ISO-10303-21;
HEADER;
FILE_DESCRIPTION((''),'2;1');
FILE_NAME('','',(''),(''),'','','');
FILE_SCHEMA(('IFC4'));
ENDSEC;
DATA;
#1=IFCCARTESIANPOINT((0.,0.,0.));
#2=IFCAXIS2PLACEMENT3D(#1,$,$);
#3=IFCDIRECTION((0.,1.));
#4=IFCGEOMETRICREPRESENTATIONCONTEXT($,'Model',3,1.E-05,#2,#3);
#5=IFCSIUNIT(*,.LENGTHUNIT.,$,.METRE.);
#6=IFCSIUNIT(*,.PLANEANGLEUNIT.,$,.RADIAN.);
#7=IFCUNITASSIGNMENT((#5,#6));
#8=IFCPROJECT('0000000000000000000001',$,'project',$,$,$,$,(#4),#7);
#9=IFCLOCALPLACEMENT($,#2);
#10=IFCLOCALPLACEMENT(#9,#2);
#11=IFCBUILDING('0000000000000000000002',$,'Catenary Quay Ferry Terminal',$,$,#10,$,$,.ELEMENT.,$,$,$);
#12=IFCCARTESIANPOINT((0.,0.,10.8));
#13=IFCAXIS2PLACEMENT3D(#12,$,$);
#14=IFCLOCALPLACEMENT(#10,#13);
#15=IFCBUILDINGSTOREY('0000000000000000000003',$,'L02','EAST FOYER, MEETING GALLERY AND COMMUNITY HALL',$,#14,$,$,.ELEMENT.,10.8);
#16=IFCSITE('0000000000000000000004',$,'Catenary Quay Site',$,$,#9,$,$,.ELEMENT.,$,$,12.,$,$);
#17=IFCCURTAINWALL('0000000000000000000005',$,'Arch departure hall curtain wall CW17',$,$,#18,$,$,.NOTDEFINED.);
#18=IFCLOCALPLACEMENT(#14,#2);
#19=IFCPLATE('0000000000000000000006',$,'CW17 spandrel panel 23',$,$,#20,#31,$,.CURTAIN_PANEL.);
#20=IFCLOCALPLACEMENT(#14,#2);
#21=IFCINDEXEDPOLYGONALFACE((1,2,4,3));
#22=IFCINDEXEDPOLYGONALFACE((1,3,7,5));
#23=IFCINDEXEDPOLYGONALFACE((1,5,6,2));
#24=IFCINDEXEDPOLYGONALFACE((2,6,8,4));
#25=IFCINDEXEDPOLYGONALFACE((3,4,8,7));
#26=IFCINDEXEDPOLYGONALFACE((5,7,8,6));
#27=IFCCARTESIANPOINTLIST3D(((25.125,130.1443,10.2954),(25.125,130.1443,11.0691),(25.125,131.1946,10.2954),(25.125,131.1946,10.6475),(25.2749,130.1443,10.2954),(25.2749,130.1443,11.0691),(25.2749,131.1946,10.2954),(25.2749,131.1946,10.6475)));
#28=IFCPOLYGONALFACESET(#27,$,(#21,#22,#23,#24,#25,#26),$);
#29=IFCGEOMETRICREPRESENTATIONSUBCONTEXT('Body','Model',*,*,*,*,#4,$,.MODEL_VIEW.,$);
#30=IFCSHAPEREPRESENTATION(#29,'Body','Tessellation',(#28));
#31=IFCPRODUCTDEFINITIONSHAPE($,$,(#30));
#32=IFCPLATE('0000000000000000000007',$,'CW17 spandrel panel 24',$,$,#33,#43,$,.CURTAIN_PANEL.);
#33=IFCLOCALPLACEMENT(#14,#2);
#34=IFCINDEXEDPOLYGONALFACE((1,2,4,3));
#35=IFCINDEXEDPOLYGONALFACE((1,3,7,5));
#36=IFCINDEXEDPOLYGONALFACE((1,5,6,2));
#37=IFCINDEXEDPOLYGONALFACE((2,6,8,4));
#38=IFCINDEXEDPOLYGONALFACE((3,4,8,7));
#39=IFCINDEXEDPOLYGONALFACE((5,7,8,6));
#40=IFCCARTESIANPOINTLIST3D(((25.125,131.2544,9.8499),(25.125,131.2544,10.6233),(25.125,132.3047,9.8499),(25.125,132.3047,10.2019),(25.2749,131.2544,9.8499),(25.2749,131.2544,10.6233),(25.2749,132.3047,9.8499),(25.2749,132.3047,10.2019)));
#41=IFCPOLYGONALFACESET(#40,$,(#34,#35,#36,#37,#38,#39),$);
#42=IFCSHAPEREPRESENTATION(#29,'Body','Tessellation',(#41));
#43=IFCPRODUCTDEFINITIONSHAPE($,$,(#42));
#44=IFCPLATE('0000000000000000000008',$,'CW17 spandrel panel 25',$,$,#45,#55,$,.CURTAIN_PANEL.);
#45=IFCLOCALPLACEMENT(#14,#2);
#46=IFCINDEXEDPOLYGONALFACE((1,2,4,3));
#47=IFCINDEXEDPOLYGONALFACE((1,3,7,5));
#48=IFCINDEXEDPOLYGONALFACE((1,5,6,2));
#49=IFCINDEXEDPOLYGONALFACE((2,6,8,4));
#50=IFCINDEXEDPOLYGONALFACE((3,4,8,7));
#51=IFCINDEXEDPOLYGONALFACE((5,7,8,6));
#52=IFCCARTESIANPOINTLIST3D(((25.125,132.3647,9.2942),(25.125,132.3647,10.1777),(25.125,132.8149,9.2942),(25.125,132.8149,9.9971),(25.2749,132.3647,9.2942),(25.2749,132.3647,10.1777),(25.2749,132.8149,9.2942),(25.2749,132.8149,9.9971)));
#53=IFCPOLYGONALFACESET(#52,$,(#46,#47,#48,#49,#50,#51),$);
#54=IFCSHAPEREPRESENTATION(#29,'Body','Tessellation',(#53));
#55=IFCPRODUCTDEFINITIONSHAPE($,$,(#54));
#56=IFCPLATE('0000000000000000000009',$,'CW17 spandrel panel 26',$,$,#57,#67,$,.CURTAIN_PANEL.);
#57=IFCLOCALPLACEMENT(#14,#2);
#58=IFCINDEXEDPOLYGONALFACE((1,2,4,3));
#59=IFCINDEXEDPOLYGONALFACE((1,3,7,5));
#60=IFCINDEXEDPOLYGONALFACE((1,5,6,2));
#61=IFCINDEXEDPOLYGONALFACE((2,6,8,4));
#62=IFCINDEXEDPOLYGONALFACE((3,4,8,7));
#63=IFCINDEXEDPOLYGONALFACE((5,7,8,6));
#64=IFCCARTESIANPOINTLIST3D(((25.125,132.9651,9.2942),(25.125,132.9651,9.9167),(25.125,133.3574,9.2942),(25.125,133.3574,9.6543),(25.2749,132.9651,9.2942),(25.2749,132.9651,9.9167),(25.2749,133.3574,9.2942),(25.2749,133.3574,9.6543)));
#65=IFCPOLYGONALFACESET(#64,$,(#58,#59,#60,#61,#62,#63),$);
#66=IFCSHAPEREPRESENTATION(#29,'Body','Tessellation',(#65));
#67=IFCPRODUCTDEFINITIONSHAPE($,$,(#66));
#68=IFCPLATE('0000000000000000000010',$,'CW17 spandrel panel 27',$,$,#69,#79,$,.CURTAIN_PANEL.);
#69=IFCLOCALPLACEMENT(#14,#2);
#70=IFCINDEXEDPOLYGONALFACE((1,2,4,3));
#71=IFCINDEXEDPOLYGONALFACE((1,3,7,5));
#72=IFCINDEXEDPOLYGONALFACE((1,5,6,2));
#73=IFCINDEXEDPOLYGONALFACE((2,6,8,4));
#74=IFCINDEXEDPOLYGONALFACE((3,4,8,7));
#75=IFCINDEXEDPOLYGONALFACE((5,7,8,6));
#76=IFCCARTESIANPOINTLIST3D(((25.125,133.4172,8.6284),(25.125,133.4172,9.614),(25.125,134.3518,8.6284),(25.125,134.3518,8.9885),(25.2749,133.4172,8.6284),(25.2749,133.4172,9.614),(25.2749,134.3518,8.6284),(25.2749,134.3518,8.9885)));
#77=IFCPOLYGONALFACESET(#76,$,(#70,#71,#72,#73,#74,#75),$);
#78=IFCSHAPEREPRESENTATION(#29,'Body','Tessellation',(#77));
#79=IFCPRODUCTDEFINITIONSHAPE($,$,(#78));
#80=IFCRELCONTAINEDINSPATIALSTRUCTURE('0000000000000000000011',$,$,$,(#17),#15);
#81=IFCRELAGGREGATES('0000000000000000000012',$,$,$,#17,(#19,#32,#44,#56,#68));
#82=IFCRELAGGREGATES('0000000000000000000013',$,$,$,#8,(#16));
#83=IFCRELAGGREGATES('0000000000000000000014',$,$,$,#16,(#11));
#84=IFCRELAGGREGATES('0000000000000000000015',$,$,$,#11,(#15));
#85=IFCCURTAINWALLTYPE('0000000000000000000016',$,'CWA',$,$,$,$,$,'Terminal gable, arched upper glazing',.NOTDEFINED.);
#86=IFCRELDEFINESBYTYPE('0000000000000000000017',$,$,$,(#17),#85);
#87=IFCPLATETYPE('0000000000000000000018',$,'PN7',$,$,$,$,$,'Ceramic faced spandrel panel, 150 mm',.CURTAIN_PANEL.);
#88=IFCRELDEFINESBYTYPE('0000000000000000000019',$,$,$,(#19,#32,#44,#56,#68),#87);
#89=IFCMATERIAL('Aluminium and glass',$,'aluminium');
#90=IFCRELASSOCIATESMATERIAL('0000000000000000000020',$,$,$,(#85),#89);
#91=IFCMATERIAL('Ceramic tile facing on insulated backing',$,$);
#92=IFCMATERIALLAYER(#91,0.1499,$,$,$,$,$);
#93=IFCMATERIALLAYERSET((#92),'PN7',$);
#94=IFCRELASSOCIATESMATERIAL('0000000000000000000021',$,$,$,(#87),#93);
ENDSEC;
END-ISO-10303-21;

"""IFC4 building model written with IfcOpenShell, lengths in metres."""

from ifc_helpers import new_model, si_unit, direction, frame, origin, place, context, subcontext, project, spatial, polyline, outline, extrude, material, layer, layer_set, type_object, element, aggregate, save


model = new_model("IFC4")

# Units and contexts
model_context = context("Model", 3, precision=1e-05, world=origin(), true_north=direction((0.0, 1.0)))
body_context = subcontext(model_context, "Body", "Model", "MODEL_VIEW")
ifc_project = project(units=[si_unit("LENGTHUNIT", "METRE"), si_unit("PLANEANGLEUNIT", "RADIAN")], contexts=[model_context])

# Site, building, storey
site_placement = place(None, origin())
site = spatial("IfcSite", under=ifc_project, at=site_placement, Name="Catenary Quay Site", CompositionType="ELEMENT", RefElevation=12.0)
building_placement = place(site_placement, origin())
building = spatial("IfcBuilding", under=site, at=building_placement, Name="Catenary Quay Ferry Terminal", CompositionType="ELEMENT")
storey_placement = place(building_placement, frame((0.0, 0.0, 10.8)))
storey = spatial("IfcBuildingStorey", under=building, at=storey_placement, Name="L02", Description="EAST FOYER, MEETING GALLERY AND COMMUNITY HALL", CompositionType="ELEMENT", Elevation=10.8)

# Curtain wall, plates
ifc_material_1 = material(Name="Aluminium and glass", Category="aluminium")
curtain_wall_type = type_object("IfcCurtainWallType", Name="CWA", ElementType="Terminal gable, arched upper glazing", PredefinedType="NOTDEFINED", material=ifc_material_1)
curtain_wall_placement = place(storey_placement, origin())
curtain_wall = element("IfcCurtainWall", 1, at=curtain_wall_placement, inside=storey, type_object=curtain_wall_type, Name="Arch departure hall curtain wall CW17", PredefinedType="NOTDEFINED")
ifc_material_2 = material(Name="Ceramic tile facing on insulated backing")
ifc_layer_1 = layer(ifc_material_2, 0.1499)
ifc_layer_set_1 = layer_set([ifc_layer_1], Name="PN7")
plate_type_1 = type_object("IfcPlateType", Name="PN7", ElementType="Ceramic faced spandrel panel, 150 mm", PredefinedType="CURTAIN_PANEL", material=ifc_layer_set_1)
plate_1_placement = place(storey_placement, frame((25.2, 130.1443, 10.2954), z_axis=(0.0, 0.0, 1.0), x_axis=(0.0, 1.0, 0.0)))
plate_1 = element("IfcPlate", 2, at=plate_1_placement, type_object=plate_type_1, Name="CW17 spandrel panel 23", PredefinedType="CURTAIN_PANEL", context=body_context, shape_type="SweptSolid", body=[
    extrude(outline(polyline([(0.0, 0.0), (1.0503, 0.0), (1.0503, 0.3521), (0.0, 0.7737), (0.0, 0.0)])), frame((0.0, 0.075, 0.0), z_axis=(0.0, -1.0, 0.0), x_axis=(1.0, 0.0, 0.0)), (0.0, 0.0, 1.0), 0.1499),
])
plate_2_placement = place(storey_placement, frame((25.2, 131.2544, 9.8499), z_axis=(0.0, 0.0, 1.0), x_axis=(0.0, 1.0, 0.0)))
plate_2 = element("IfcPlate", 3, at=plate_2_placement, type_object=plate_type_1, Name="CW17 spandrel panel 24", PredefinedType="CURTAIN_PANEL", context=body_context, shape_type="SweptSolid", body=[
    extrude(outline(polyline([(0.0, 0.0), (1.0503, 0.0), (1.0503, 0.3521), (0.0, 0.7734), (0.0, 0.0)])), frame((0.0, 0.075, 0.0), z_axis=(0.0, -1.0, 0.0), x_axis=(1.0, 0.0, 0.0)), (0.0, 0.0, 1.0), 0.1499),
])
plate_3_placement = place(storey_placement, frame((25.2, 132.3647, 9.2942), z_axis=(0.0, 0.0, 1.0), x_axis=(0.0, 1.0, 0.0)))
plate_3 = element("IfcPlate", 4, at=plate_3_placement, type_object=plate_type_1, Name="CW17 spandrel panel 25", PredefinedType="CURTAIN_PANEL", context=body_context, shape_type="SweptSolid", body=[
    extrude(outline(polyline([(0.0, 0.0), (0.4502, 0.0), (0.4502, 0.7029), (0.0, 0.8835), (0.0, 0.0)])), frame((0.0, 0.075, 0.0), z_axis=(0.0, -1.0, 0.0), x_axis=(1.0, 0.0, 0.0)), (0.0, 0.0, 1.0), 0.1499),
])
plate_4_placement = place(storey_placement, frame((25.2, 132.9651, 9.2942), z_axis=(0.0, 0.0, 1.0), x_axis=(0.0, 1.0, 0.0)))
plate_4 = element("IfcPlate", 5, at=plate_4_placement, type_object=plate_type_1, Name="CW17 spandrel panel 26", PredefinedType="CURTAIN_PANEL", context=body_context, shape_type="SweptSolid", body=[
    extrude(outline(polyline([(0.0, 0.0), (0.3923, 0.0), (0.3923, 0.3601), (0.0, 0.6226), (0.0, 0.0)])), frame((0.0, 0.075, 0.0), z_axis=(0.0, -1.0, 0.0), x_axis=(1.0, 0.0, 0.0)), (0.0, 0.0, 1.0), 0.1499),
])
plate_5_placement = place(storey_placement, frame((25.2, 133.4172, 8.6284), z_axis=(0.0, 0.0, 1.0), x_axis=(0.0, 1.0, 0.0)))
plate_5 = element("IfcPlate", 6, at=plate_5_placement, type_object=plate_type_1, Name="CW17 spandrel panel 27", PredefinedType="CURTAIN_PANEL", context=body_context, shape_type="SweptSolid", body=[
    extrude(outline(polyline([(0.0, 0.0), (0.9346, 0.0), (0.9346, 0.3601), (0.0, 0.9856), (0.0, 0.0)])), frame((0.0, 0.075, 0.0), z_axis=(0.0, -1.0, 0.0), x_axis=(1.0, 0.0, 0.0)), (0.0, 0.0, 1.0), 0.1499),
])
aggregate(curtain_wall, [plate_1, plate_2, plate_3, plate_4, plate_5])

save(model, "model.ifc")
